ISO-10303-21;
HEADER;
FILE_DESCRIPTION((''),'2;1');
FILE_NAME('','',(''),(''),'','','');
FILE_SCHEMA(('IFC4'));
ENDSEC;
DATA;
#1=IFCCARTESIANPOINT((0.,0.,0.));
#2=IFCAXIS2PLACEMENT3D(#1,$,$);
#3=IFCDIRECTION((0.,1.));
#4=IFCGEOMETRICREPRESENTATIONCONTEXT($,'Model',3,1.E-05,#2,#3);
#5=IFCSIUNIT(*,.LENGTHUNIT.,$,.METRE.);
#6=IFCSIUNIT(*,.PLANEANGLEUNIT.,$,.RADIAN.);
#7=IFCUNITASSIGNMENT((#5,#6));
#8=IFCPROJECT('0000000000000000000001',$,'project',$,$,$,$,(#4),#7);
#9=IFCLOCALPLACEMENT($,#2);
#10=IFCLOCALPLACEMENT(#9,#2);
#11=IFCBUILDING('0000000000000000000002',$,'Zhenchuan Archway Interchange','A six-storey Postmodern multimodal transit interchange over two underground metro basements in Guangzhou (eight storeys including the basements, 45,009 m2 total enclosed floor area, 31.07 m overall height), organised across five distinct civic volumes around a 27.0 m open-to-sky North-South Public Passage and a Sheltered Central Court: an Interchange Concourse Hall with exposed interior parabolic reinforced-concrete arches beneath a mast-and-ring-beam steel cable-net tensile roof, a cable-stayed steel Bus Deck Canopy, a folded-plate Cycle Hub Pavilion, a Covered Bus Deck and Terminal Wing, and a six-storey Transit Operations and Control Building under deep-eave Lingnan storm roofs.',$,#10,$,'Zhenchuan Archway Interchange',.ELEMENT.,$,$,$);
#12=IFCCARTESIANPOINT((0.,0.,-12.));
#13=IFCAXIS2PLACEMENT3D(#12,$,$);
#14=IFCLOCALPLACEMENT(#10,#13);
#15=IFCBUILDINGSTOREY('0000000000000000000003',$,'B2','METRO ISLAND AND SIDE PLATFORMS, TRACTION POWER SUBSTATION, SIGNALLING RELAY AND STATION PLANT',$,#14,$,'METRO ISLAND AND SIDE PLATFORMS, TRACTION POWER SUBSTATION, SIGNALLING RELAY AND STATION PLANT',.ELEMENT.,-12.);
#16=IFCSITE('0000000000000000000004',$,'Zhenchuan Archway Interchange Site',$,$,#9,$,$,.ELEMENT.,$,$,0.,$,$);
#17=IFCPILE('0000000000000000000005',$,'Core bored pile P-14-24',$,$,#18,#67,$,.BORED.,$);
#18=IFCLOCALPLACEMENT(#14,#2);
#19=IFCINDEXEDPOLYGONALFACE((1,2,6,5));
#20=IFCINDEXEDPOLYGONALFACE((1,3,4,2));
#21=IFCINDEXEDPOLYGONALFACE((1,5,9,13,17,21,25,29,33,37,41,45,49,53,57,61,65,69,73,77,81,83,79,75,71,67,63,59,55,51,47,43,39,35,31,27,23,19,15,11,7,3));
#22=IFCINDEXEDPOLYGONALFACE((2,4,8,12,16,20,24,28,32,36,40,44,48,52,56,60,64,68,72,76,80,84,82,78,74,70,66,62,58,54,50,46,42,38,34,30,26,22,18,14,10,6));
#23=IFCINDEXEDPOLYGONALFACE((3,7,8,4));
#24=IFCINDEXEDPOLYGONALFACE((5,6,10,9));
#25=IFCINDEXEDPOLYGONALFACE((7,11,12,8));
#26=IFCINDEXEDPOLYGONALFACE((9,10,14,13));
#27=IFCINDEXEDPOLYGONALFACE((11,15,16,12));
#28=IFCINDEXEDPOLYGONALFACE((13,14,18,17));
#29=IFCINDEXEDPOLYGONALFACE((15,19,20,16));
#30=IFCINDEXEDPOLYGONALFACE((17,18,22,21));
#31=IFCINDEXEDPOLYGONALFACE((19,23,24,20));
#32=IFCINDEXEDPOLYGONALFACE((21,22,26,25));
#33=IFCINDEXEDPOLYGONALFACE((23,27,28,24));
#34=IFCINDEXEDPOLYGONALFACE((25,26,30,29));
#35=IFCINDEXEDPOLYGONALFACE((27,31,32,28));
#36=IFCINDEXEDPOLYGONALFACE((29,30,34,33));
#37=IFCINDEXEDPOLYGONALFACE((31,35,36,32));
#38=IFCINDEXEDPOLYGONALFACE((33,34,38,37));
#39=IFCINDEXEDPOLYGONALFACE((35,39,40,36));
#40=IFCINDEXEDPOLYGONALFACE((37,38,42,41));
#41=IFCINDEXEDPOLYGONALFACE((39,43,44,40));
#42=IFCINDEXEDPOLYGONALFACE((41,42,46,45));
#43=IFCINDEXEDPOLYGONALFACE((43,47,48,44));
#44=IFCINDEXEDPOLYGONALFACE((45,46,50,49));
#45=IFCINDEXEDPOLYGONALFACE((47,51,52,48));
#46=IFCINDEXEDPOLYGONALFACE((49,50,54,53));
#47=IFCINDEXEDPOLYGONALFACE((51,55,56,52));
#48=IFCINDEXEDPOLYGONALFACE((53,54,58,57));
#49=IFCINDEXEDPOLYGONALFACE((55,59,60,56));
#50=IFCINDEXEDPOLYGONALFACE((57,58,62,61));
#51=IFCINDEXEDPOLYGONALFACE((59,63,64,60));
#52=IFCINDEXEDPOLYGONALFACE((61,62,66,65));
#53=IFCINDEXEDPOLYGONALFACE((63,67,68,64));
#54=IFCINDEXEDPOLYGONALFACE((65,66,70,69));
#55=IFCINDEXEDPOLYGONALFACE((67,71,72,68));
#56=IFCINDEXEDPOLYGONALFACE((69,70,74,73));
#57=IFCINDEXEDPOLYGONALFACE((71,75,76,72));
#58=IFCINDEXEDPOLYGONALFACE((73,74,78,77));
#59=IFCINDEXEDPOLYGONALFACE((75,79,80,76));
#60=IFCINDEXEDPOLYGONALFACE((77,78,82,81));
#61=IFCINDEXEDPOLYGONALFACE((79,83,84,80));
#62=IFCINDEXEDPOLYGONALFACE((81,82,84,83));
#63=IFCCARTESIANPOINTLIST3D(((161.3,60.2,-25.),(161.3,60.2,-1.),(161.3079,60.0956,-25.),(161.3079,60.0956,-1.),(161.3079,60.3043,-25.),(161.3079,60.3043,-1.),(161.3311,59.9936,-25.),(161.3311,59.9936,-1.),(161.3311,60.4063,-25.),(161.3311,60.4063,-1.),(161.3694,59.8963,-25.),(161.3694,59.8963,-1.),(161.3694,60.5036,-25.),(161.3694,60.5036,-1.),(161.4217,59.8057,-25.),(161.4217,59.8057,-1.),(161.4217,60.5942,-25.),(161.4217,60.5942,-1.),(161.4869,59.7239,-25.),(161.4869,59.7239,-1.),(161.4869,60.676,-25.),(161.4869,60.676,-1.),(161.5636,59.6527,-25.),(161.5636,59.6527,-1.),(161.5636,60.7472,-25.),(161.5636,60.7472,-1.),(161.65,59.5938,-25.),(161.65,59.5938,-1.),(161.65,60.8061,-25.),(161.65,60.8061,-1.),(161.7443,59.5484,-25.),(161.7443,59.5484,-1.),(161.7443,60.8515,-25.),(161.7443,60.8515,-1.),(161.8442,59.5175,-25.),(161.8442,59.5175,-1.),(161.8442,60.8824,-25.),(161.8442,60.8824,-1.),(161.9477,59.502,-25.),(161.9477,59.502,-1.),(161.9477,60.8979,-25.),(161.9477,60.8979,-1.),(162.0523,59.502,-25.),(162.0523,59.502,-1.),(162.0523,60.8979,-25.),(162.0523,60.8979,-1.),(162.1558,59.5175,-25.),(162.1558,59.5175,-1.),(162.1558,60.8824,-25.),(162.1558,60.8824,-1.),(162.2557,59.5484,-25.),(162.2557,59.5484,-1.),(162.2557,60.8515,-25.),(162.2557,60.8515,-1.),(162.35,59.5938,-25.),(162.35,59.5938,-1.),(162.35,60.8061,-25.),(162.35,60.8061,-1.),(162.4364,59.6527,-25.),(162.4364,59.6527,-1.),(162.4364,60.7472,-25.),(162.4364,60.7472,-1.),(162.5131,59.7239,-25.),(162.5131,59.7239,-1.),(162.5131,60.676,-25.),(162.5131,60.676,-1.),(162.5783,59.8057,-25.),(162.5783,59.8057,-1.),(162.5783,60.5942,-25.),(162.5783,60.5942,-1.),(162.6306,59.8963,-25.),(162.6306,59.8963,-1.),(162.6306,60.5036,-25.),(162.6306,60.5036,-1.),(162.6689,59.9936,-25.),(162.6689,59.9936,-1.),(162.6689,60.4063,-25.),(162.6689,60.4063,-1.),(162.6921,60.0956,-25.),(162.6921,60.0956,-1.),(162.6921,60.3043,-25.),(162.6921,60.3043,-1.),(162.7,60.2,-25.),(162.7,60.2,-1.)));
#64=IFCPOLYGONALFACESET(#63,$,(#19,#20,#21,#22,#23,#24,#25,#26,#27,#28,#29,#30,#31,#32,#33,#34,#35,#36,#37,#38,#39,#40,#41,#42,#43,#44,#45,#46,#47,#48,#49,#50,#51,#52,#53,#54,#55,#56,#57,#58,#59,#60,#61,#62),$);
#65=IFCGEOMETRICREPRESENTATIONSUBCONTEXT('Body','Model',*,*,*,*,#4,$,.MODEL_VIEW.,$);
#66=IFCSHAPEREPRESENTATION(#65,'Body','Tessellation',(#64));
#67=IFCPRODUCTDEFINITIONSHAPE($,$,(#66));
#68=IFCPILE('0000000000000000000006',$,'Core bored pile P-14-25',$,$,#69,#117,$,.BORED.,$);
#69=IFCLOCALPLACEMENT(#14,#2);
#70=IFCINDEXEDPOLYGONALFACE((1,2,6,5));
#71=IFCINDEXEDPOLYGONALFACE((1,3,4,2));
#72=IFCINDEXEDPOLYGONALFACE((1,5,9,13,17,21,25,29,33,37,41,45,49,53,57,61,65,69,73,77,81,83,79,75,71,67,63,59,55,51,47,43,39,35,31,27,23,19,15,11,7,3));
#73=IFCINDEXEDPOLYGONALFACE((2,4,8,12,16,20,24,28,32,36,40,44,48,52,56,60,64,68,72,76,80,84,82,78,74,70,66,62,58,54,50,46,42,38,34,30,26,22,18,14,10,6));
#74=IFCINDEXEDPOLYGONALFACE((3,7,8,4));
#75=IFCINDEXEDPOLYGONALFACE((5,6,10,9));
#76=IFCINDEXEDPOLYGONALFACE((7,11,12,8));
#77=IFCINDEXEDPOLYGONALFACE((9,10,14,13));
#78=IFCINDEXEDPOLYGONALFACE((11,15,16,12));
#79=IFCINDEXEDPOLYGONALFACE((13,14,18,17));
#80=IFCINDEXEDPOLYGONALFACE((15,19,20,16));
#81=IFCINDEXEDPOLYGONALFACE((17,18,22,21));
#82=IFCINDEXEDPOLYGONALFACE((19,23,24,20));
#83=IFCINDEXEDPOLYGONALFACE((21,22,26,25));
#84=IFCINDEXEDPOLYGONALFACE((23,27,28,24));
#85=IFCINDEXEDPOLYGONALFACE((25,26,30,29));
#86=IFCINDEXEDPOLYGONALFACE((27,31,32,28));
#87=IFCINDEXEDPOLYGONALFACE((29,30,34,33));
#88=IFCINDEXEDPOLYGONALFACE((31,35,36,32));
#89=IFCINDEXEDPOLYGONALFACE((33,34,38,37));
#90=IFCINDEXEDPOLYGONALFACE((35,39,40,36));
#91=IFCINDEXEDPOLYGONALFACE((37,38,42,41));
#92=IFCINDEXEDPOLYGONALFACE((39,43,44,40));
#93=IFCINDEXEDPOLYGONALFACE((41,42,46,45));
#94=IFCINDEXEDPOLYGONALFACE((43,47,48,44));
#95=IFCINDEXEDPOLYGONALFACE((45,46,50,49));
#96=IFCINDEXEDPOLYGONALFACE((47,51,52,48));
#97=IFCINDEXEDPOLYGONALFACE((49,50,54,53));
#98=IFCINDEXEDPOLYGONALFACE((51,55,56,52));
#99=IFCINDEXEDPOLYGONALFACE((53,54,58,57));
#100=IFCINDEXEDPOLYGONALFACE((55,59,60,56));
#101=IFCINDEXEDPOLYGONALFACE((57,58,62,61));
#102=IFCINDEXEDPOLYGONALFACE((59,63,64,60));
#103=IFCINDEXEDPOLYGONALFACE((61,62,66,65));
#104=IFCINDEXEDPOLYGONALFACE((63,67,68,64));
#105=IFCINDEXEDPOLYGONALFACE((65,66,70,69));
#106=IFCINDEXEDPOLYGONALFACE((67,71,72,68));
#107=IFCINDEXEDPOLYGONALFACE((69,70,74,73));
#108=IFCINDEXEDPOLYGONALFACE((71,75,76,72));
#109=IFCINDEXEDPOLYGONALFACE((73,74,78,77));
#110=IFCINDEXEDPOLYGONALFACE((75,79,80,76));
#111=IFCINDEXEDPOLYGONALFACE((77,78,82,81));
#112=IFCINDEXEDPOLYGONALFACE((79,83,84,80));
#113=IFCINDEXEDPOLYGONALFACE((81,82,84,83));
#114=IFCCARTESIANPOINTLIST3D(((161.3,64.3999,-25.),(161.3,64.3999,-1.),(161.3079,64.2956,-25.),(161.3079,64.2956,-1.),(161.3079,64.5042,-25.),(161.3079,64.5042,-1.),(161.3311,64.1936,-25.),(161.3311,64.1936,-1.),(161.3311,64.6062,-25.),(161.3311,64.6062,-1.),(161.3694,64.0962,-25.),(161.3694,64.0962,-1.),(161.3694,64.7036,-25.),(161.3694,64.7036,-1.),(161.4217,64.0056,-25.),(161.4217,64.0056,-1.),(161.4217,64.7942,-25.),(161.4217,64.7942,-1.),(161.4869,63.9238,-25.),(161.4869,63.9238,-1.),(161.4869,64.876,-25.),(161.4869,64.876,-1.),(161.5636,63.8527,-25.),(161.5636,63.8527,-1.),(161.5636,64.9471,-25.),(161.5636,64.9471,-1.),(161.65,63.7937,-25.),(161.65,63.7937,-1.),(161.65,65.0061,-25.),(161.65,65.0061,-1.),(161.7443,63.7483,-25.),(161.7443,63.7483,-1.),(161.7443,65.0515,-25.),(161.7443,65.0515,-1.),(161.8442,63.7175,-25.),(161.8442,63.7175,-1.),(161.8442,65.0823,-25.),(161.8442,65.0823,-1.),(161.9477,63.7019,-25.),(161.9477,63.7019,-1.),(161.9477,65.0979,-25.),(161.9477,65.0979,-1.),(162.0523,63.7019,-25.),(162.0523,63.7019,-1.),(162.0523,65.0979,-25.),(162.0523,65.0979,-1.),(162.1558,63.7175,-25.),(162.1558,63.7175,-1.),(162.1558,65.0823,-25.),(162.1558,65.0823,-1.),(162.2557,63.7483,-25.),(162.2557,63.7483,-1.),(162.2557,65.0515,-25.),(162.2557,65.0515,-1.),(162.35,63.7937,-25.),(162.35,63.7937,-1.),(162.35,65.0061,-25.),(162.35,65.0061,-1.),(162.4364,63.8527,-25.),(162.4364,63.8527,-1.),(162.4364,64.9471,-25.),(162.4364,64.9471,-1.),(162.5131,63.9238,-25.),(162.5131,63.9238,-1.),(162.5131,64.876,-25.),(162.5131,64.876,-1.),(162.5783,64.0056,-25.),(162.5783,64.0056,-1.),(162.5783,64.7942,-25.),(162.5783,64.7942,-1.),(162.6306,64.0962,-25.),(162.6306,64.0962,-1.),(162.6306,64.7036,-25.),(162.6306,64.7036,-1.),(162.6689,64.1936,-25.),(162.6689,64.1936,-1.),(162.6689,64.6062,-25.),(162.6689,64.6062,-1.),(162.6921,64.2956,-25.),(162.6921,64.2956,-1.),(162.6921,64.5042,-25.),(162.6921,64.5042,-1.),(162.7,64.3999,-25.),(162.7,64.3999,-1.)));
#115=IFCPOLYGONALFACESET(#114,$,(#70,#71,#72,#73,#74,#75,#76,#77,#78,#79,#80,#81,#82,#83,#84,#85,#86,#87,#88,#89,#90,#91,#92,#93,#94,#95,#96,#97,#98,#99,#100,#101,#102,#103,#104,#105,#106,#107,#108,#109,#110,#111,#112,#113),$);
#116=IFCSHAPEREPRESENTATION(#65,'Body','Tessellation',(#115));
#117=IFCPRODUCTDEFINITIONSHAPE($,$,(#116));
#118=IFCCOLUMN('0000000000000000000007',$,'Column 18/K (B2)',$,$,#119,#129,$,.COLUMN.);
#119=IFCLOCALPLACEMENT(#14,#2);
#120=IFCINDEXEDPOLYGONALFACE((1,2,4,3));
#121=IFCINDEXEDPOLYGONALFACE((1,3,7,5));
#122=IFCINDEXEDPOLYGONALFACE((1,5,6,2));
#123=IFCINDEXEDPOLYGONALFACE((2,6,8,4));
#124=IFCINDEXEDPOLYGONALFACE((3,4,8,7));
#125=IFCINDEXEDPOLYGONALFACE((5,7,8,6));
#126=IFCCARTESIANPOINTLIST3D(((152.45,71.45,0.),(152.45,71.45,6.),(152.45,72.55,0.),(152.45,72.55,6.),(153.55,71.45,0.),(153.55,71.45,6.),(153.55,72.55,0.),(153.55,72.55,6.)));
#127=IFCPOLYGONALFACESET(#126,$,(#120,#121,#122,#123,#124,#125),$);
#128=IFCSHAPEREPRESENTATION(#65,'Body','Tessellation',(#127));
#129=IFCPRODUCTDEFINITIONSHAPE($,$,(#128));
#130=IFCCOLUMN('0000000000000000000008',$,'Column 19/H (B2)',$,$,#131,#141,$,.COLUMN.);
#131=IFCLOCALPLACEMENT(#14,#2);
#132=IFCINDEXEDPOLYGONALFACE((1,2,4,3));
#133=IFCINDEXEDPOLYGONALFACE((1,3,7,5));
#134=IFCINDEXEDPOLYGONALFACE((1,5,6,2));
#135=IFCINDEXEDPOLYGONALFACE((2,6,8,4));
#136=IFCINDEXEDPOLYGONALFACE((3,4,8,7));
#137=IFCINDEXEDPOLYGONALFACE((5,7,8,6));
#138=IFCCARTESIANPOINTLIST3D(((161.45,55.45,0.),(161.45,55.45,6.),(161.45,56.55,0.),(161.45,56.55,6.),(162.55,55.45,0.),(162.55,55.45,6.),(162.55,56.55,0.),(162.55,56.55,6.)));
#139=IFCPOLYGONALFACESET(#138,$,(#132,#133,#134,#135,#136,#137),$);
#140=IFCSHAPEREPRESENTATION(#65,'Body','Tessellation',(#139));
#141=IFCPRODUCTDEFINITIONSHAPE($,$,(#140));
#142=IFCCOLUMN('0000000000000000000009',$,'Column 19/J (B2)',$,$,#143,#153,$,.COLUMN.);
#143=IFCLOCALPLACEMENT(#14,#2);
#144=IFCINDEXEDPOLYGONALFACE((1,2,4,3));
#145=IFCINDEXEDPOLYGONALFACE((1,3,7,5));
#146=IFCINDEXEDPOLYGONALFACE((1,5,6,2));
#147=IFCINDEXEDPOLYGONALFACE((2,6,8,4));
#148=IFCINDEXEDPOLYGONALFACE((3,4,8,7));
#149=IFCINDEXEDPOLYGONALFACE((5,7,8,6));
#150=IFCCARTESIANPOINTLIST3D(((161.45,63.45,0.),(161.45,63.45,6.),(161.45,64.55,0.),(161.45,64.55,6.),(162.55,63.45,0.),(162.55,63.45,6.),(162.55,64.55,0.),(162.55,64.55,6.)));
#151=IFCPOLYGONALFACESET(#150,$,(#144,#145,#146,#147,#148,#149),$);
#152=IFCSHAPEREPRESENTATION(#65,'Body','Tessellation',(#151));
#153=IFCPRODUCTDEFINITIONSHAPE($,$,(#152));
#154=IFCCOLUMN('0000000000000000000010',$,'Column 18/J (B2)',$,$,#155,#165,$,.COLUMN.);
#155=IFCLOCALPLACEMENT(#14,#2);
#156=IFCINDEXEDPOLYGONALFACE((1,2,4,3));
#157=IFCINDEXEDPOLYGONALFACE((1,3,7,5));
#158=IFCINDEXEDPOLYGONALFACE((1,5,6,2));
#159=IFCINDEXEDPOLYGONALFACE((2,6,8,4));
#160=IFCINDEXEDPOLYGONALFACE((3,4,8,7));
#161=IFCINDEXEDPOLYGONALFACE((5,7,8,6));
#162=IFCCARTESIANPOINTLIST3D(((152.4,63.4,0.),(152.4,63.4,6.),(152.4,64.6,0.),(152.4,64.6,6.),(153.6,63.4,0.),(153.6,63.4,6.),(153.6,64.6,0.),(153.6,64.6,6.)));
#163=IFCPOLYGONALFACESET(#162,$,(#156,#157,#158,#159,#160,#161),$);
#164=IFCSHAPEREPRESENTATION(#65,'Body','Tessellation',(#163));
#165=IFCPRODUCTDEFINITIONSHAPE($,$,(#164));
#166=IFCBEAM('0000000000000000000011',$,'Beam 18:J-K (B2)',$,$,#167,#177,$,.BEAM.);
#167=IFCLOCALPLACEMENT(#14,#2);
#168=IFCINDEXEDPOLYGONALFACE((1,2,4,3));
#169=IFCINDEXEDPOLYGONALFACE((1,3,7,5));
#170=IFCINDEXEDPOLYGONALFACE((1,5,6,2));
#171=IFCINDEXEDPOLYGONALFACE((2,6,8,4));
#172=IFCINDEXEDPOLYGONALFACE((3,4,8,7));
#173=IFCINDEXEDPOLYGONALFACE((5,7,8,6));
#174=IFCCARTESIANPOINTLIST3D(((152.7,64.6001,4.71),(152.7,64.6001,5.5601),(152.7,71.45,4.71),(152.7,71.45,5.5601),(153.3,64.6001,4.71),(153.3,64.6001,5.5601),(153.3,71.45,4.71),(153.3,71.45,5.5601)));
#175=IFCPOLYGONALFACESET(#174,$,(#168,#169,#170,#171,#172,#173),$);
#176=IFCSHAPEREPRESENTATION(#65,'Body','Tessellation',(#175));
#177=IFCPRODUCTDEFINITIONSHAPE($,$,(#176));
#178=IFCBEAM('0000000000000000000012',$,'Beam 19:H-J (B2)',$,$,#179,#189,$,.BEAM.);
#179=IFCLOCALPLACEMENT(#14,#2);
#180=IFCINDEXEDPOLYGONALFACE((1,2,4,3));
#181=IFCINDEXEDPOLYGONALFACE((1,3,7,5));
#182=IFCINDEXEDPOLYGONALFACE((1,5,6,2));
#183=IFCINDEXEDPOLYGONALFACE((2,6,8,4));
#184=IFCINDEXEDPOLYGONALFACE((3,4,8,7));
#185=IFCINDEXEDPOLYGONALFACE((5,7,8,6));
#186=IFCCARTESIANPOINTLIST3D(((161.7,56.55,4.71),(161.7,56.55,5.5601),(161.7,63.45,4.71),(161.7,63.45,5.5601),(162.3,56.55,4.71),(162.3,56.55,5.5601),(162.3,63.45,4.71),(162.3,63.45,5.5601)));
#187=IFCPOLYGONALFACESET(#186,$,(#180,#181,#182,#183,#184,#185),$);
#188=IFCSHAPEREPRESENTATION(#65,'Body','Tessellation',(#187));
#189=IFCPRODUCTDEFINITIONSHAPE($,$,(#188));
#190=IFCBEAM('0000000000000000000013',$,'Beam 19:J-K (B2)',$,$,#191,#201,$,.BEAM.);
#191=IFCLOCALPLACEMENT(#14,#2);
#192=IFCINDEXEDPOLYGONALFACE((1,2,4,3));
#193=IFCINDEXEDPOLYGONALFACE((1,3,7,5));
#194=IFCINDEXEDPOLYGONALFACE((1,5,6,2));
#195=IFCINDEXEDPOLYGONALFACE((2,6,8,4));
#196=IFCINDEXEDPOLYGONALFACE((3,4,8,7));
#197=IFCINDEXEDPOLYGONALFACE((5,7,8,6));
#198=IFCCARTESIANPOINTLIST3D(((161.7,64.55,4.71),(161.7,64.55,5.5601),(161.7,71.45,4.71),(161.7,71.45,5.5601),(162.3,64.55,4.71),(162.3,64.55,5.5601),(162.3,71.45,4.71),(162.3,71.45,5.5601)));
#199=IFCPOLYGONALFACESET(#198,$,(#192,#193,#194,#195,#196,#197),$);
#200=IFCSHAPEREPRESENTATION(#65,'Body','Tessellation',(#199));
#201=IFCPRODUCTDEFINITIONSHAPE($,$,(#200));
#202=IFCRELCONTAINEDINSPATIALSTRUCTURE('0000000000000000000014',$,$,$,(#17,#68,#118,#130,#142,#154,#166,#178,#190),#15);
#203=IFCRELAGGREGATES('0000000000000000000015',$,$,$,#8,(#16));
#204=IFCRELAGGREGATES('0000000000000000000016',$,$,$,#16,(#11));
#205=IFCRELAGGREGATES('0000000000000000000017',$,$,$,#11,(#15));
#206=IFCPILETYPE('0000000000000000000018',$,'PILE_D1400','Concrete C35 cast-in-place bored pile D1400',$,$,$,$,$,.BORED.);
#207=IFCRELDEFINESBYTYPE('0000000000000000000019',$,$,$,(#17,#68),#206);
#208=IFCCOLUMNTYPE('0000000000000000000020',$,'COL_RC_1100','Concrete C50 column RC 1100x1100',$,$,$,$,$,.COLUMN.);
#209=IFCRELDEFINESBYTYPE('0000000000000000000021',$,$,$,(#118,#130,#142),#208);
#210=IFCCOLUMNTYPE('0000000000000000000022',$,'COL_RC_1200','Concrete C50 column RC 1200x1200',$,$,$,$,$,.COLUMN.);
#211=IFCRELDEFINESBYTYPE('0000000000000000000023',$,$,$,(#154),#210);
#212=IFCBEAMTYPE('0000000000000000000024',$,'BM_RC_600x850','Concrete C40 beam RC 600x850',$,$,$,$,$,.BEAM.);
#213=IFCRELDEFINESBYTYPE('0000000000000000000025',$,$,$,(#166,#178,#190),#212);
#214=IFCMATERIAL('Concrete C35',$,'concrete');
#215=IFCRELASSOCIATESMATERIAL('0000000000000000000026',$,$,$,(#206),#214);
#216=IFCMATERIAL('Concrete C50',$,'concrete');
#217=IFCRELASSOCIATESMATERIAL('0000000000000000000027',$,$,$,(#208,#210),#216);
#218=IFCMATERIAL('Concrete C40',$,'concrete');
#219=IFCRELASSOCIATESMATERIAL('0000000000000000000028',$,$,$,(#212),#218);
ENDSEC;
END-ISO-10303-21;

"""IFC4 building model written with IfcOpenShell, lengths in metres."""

from ifc_helpers import new_model, si_unit, direction, frame, origin, origin_2d, place, context, subcontext, project, spatial, rectangle, circle, extrude, material, material_profile, profile_set, type_object, element, save


model = new_model("IFC4")

# Units and contexts
model_context = context("Model", 3, precision=1e-05, world=origin(), true_north=direction((0.0, 1.0)))
body_context = subcontext(model_context, "Body", "Model", "MODEL_VIEW")
ifc_project = project(units=[si_unit("LENGTHUNIT", "METRE"), si_unit("PLANEANGLEUNIT", "RADIAN")], contexts=[model_context])

# Site, building, storey
site_placement = place(None, origin())
site = spatial("IfcSite", under=ifc_project, at=site_placement, Name="Zhenchuan Archway Interchange Site", CompositionType="ELEMENT", RefElevation=0.0)
building_placement = place(site_placement, origin())
building = spatial("IfcBuilding", under=site, at=building_placement, Name="Zhenchuan Archway Interchange", Description="A six-storey Postmodern multimodal transit interchange over two underground metro basements in Guangzhou (eight storeys including the basements, 45,009 m2 total enclosed floor area, 31.07 m overall height), organised across five distinct civic volumes around a 27.0 m open-to-sky North-South Public Passage and a Sheltered Central Court: an Interchange Concourse Hall with exposed interior parabolic reinforced-concrete arches beneath a mast-and-ring-beam steel cable-net tensile roof, a cable-stayed steel Bus Deck Canopy, a folded-plate Cycle Hub Pavilion, a Covered Bus Deck and Terminal Wing, and a six-storey Transit Operations and Control Building under deep-eave Lingnan storm roofs.", LongName="Zhenchuan Archway Interchange", CompositionType="ELEMENT")
storey_placement = place(building_placement, frame((0.0, 0.0, -12.0)))
storey = spatial("IfcBuildingStorey", under=building, at=storey_placement, Name="B2", Description="METRO ISLAND AND SIDE PLATFORMS, TRACTION POWER SUBSTATION, SIGNALLING RELAY AND STATION PLANT", LongName="METRO ISLAND AND SIDE PLATFORMS, TRACTION POWER SUBSTATION, SIGNALLING RELAY AND STATION PLANT", CompositionType="ELEMENT", Elevation=-12.0)

# Shared definitions
ifc_material_1 = material(Name="Concrete C40", Category="concrete")

# Piles
ifc_material_2 = material(Name="Concrete C35", Category="concrete")
ifc_material_profile_1 = material_profile(ifc_material_2, circle(Radius=0.7, at=origin_2d()), Name="BORED PILE 1400")
ifc_profile_set_1 = profile_set([ifc_material_profile_1], Name="Concrete C35")
pile_type_1 = type_object("IfcPileType", Name="PILE_D1400", Description="Concrete C35 cast-in-place bored pile D1400", PredefinedType="BORED", material=ifc_profile_set_1)
for number, where, z_axis, x_axis, name in (
    (1, (162.0, 60.2, -1.0), (0.0, 0.0, -1.0), (1.0, 0.0, 0.0), "Core bored pile P-14-24"),
    (2, (162.0, 64.3999, -1.0), (0.0, 0.0, -1.0), (1.0, 0.0, 0.0), "Core bored pile P-14-25"),
):
    element("IfcPile", number, at=place(storey_placement, frame(where, z_axis=z_axis, x_axis=x_axis)), inside=storey, type_object=pile_type_1, Name=name, PredefinedType="BORED", context=body_context, shape_type="SweptSolid", body=[
        extrude(circle(Radius=0.7, at=origin_2d()), origin(), (0.0, 0.0, 1.0), 24.0),
    ])

# Columns
ifc_material_3 = material(Name="Concrete C50", Category="concrete")
ifc_material_profile_2 = material_profile(ifc_material_3, rectangle(XDim=1.1001, YDim=1.1001, at=origin_2d()), Name="RC 1100x1100")
ifc_profile_set_2 = profile_set([ifc_material_profile_2], Name="Concrete C50")
column_type_1 = type_object("IfcColumnType", Name="COL_RC_1100", Description="Concrete C50 column RC 1100x1100", PredefinedType="COLUMN", material=ifc_profile_set_2)
for number, where, z_axis, x_axis, name in (
    (3, (153.0, 72.0, 0.0), (0.0, 0.0, 1.0), (1.0, 0.0, 0.0), "Column 18/K (B2)"),
    (4, (162.0, 56.0, 0.0), (0.0, 0.0, 1.0), (1.0, 0.0, 0.0), "Column 19/H (B2)"),
    (5, (162.0, 64.0, 0.0), (0.0, 0.0, 1.0), (1.0, 0.0, 0.0), "Column 19/J (B2)"),
):
    element("IfcColumn", number, at=place(storey_placement, frame(where, z_axis=z_axis, x_axis=x_axis)), inside=storey, type_object=column_type_1, Name=name, PredefinedType="COLUMN", context=body_context, shape_type="SweptSolid", body=[
        extrude(rectangle(XDim=1.1001, YDim=1.1001, at=origin_2d()), origin(), (0.0, 0.0, 1.0), 6.0),
    ])
ifc_material_profile_3 = material_profile(ifc_material_3, rectangle(XDim=1.2, YDim=1.2, at=origin_2d()), Name="RC 1200x1200")
ifc_profile_set_3 = profile_set([ifc_material_profile_3], Name="Concrete C50")
column_type_2 = type_object("IfcColumnType", Name="COL_RC_1200", Description="Concrete C50 column RC 1200x1200", PredefinedType="COLUMN", material=ifc_profile_set_3)
column_placement = place(storey_placement, frame((153.0, 64.0, 0.0), z_axis=(0.0, 0.0, 1.0), x_axis=(1.0, 0.0, 0.0)))
element("IfcColumn", 6, at=column_placement, inside=storey, type_object=column_type_2, Name="Column 18/J (B2)", PredefinedType="COLUMN", context=body_context, shape_type="SweptSolid", body=[
    extrude(rectangle(XDim=1.2, YDim=1.2, at=origin_2d()), origin(), (0.0, 0.0, 1.0), 6.0),
])

# Beams
ifc_material_profile_4 = material_profile(ifc_material_1, rectangle(XDim=0.6001, YDim=0.8501, at=origin_2d()), Name="RC 600x850")
ifc_profile_set_4 = profile_set([ifc_material_profile_4], Name="Concrete C40")
beam_type_1 = type_object("IfcBeamType", Name="BM_RC_600x850", Description="Concrete C40 beam RC 600x850", PredefinedType="BEAM", material=ifc_profile_set_4)
beam_1_placement = place(storey_placement, frame((153.0, 64.6001, 5.135), z_axis=(0.0, 1.0, 0.0), x_axis=(-1.0, 0.0, 0.0)))
element("IfcBeam", 7, at=beam_1_placement, inside=storey, type_object=beam_type_1, Name="Beam 18:J-K (B2)", PredefinedType="BEAM", context=body_context, shape_type="SweptSolid", body=[
    extrude(rectangle(XDim=0.6001, YDim=0.8501, at=origin_2d()), origin(), (0.0, 0.0, 1.0), 6.8499),
])
for number, where, z_axis, x_axis, name in (
    (8, (162.0, 56.55, 5.135), (0.0, 1.0, 0.0), (-1.0, 0.0, 0.0), "Beam 19:H-J (B2)"),
    (9, (162.0, 64.55, 5.135), (0.0, 1.0, 0.0), (-1.0, 0.0, 0.0), "Beam 19:J-K (B2)"),
):
    element("IfcBeam", number, at=place(storey_placement, frame(where, z_axis=z_axis, x_axis=x_axis)), inside=storey, type_object=beam_type_1, Name=name, PredefinedType="BEAM", context=body_context, shape_type="SweptSolid", body=[
        extrude(rectangle(XDim=0.6001, YDim=0.8501, at=origin_2d()), origin(), (0.0, 0.0, 1.0), 6.8999),
    ])

save(model, "model.ifc")
